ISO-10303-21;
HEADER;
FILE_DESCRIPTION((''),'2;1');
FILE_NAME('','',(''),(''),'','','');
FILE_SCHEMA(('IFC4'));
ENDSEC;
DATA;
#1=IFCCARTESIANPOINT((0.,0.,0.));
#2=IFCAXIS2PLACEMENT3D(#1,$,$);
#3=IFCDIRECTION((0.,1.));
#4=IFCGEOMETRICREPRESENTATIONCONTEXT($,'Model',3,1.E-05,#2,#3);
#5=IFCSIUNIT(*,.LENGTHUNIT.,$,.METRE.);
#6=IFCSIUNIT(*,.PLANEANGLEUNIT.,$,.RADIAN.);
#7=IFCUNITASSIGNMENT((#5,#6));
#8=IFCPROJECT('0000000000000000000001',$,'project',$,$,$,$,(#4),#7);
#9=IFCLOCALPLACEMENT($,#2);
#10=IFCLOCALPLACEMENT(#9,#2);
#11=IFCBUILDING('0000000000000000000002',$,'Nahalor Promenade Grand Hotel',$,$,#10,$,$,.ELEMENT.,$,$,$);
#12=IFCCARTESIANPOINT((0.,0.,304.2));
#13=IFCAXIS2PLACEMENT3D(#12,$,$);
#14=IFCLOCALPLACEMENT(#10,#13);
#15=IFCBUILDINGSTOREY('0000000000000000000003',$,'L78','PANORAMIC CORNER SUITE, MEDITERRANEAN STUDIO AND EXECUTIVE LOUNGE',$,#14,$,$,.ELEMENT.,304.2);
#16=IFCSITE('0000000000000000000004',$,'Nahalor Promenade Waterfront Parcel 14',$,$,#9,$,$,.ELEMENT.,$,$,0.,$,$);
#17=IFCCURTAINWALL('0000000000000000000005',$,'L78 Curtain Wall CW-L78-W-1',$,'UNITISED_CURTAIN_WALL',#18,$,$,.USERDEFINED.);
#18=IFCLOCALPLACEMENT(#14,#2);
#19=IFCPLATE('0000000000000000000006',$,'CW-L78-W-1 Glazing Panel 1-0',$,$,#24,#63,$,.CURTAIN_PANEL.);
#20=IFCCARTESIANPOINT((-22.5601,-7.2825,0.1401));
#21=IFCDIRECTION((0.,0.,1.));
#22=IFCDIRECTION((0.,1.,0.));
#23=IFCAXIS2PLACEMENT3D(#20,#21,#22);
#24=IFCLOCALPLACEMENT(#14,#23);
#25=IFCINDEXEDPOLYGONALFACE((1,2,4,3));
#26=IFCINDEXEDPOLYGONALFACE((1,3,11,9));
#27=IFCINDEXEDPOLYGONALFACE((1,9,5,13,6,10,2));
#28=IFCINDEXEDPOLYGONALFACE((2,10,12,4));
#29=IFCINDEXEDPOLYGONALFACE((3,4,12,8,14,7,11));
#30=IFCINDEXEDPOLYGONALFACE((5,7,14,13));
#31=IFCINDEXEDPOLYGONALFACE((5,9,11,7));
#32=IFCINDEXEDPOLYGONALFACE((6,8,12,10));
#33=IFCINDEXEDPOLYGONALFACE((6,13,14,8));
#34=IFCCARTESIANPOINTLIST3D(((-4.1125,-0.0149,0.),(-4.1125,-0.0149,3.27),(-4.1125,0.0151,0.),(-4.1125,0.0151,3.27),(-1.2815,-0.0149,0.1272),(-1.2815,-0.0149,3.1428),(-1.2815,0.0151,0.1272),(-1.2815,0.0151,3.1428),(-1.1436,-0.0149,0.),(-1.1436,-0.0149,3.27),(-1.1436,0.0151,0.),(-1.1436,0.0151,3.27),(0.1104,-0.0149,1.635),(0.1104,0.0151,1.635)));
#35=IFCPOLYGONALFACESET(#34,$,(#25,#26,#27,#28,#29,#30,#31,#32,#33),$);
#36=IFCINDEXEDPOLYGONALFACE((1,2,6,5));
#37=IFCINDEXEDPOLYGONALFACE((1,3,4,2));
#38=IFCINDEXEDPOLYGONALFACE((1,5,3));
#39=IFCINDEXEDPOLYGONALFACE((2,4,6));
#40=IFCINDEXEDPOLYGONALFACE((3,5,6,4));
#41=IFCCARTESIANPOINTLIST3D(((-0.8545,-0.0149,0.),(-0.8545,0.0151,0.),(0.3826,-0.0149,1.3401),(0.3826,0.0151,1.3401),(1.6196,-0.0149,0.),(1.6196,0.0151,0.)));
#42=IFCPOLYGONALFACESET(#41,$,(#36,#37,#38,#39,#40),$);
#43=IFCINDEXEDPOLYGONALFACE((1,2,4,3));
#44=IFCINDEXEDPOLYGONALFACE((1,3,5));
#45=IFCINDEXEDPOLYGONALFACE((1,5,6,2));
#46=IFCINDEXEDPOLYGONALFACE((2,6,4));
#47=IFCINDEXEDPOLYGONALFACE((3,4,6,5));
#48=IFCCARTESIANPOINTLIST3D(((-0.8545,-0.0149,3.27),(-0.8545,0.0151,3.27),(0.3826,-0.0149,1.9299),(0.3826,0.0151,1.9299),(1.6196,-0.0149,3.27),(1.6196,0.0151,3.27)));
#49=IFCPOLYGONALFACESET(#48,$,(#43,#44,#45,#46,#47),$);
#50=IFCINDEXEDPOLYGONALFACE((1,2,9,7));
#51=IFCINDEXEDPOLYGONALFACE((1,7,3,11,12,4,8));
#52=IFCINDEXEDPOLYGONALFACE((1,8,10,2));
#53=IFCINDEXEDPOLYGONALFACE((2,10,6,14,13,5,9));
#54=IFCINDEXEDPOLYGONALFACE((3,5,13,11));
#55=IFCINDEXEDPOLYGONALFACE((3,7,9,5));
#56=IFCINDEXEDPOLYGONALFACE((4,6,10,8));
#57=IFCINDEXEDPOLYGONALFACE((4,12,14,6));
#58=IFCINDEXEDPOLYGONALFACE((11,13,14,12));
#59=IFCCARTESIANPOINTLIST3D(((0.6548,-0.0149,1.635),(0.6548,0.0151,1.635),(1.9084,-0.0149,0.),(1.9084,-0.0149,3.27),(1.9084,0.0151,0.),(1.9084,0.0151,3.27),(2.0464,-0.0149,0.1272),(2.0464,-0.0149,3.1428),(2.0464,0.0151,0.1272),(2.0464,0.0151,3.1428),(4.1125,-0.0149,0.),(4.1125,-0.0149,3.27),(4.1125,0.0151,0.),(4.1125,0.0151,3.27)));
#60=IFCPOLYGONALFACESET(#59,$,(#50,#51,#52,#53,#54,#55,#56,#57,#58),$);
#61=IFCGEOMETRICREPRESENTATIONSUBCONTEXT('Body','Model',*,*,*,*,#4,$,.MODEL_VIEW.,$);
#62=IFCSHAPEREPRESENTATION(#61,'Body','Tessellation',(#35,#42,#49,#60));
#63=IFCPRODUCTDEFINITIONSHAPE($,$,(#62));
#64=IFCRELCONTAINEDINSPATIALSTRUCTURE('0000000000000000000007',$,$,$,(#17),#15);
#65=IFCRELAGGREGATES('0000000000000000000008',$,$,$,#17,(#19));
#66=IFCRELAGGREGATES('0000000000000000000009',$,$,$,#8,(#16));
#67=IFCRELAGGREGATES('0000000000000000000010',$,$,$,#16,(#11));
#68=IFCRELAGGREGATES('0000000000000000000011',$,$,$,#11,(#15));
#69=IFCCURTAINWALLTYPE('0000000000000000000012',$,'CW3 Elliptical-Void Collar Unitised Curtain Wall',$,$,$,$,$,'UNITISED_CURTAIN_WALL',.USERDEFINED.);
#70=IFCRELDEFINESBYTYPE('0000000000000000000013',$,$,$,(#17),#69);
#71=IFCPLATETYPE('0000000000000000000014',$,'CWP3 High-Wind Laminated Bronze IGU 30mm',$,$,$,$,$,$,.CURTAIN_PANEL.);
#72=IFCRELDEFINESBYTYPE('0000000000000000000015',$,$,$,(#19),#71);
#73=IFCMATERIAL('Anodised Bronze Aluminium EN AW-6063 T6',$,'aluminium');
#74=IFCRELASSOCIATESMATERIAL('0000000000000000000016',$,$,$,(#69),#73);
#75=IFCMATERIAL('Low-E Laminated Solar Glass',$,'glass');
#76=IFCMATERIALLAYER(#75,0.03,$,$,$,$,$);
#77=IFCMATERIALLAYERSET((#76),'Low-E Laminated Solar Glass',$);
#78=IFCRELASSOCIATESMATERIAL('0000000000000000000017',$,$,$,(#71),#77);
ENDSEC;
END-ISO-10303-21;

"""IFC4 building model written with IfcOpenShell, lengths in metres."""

from ifc_helpers import new_model, si_unit, direction, frame, origin, place, context, subcontext, project, spatial, polyline, outline, extrude, material, layer, layer_set, type_object, element, aggregate, save


model = new_model("IFC4")

# Units and contexts
model_context = context("Model", 3, precision=1e-05, world=origin(), true_north=direction((0.0, 1.0)))
body_context = subcontext(model_context, "Body", "Model", "MODEL_VIEW")
ifc_project = project(units=[si_unit("LENGTHUNIT", "METRE"), si_unit("PLANEANGLEUNIT", "RADIAN")], contexts=[model_context])

# Site, building, storey
site_placement = place(None, origin())
site = spatial("IfcSite", under=ifc_project, at=site_placement, Name="Nahalor Promenade Waterfront Parcel 14", CompositionType="ELEMENT", RefElevation=0.0)
building_placement = place(site_placement, origin())
building = spatial("IfcBuilding", under=site, at=building_placement, Name="Nahalor Promenade Grand Hotel", CompositionType="ELEMENT")
storey_placement = place(building_placement, frame((0.0, 0.0, 304.2)))
storey = spatial("IfcBuildingStorey", under=building, at=storey_placement, Name="L78", Description="PANORAMIC CORNER SUITE, MEDITERRANEAN STUDIO AND EXECUTIVE LOUNGE", CompositionType="ELEMENT", Elevation=304.2)

# Curtain wall
ifc_material_1 = material(Name="Anodised Bronze Aluminium EN AW-6063 T6", Category="aluminium")
curtain_wall_type = type_object("IfcCurtainWallType", Name="CW3 Elliptical-Void Collar Unitised Curtain Wall", ElementType="UNITISED_CURTAIN_WALL", PredefinedType="USERDEFINED", material=ifc_material_1)
curtain_wall_1_placement = place(storey_placement, origin())
curtain_wall_1 = element("IfcCurtainWall", 1, at=curtain_wall_1_placement, inside=storey, type_object=curtain_wall_type, Name="L78 Curtain Wall CW-L78-W-1", ObjectType="UNITISED_CURTAIN_WALL", PredefinedType="USERDEFINED")

# Plate
ifc_material_2 = material(Name="Low-E Laminated Solar Glass", Category="glass")
ifc_layer_1 = layer(ifc_material_2, 0.03)
ifc_layer_set_1 = layer_set([ifc_layer_1], Name="Low-E Laminated Solar Glass")
plate_type_1 = type_object("IfcPlateType", Name="CWP3 High-Wind Laminated Bronze IGU 30mm", PredefinedType="CURTAIN_PANEL", material=ifc_layer_set_1)
plate_1_placement = place(storey_placement, frame((-22.5601, -7.2825, 0.1401), z_axis=(0.0, 0.0, 1.0), x_axis=(0.0, 1.0, 0.0)))
plate_1 = element("IfcPlate", 2, at=plate_1_placement, type_object=plate_type_1, Name="CW-L78-W-1 Glazing Panel 1-0", PredefinedType="CURTAIN_PANEL", context=body_context, shape_type="SweptSolid", body=[
    extrude(outline(polyline([(-4.1125, 3.27), (-4.1125, 0.0), (-1.1436, 0.0), (-1.2815, 0.1272), (0.1104, 1.635), (-1.2815, 3.1428), (-1.1436, 3.27), (-4.1125, 3.27)])), frame((0.0, 0.0151, 0.0), z_axis=(0.0, -1.0, 0.0), x_axis=(1.0, 0.0, 0.0)), (0.0, 0.0, 1.0), 0.03),
    extrude(outline(polyline([(0.3826, 1.3401), (-0.8545, 0.0), (1.6196, 0.0), (0.3826, 1.3401)])), frame((0.0, 0.0151, 0.0), z_axis=(0.0, -1.0, 0.0), x_axis=(1.0, 0.0, 0.0)), (0.0, 0.0, 1.0), 0.03),
    extrude(outline(polyline([(0.3826, 1.9299), (1.6196, 3.27), (-0.8545, 3.27), (0.3826, 1.9299)])), frame((0.0, 0.0151, 0.0), z_axis=(0.0, -1.0, 0.0), x_axis=(1.0, 0.0, 0.0)), (0.0, 0.0, 1.0), 0.03),
    extrude(outline(polyline([(4.1125, 0.0), (4.1125, 3.27), (1.9084, 3.27), (2.0464, 3.1428), (0.6548, 1.635), (2.0464, 0.1272), (1.9084, 0.0), (4.1125, 0.0)])), frame((0.0, 0.0151, 0.0), z_axis=(0.0, -1.0, 0.0), x_axis=(1.0, 0.0, 0.0)), (0.0, 0.0, 1.0), 0.03),
])
aggregate(curtain_wall_1, [plate_1])

save(model, "model.ifc")
